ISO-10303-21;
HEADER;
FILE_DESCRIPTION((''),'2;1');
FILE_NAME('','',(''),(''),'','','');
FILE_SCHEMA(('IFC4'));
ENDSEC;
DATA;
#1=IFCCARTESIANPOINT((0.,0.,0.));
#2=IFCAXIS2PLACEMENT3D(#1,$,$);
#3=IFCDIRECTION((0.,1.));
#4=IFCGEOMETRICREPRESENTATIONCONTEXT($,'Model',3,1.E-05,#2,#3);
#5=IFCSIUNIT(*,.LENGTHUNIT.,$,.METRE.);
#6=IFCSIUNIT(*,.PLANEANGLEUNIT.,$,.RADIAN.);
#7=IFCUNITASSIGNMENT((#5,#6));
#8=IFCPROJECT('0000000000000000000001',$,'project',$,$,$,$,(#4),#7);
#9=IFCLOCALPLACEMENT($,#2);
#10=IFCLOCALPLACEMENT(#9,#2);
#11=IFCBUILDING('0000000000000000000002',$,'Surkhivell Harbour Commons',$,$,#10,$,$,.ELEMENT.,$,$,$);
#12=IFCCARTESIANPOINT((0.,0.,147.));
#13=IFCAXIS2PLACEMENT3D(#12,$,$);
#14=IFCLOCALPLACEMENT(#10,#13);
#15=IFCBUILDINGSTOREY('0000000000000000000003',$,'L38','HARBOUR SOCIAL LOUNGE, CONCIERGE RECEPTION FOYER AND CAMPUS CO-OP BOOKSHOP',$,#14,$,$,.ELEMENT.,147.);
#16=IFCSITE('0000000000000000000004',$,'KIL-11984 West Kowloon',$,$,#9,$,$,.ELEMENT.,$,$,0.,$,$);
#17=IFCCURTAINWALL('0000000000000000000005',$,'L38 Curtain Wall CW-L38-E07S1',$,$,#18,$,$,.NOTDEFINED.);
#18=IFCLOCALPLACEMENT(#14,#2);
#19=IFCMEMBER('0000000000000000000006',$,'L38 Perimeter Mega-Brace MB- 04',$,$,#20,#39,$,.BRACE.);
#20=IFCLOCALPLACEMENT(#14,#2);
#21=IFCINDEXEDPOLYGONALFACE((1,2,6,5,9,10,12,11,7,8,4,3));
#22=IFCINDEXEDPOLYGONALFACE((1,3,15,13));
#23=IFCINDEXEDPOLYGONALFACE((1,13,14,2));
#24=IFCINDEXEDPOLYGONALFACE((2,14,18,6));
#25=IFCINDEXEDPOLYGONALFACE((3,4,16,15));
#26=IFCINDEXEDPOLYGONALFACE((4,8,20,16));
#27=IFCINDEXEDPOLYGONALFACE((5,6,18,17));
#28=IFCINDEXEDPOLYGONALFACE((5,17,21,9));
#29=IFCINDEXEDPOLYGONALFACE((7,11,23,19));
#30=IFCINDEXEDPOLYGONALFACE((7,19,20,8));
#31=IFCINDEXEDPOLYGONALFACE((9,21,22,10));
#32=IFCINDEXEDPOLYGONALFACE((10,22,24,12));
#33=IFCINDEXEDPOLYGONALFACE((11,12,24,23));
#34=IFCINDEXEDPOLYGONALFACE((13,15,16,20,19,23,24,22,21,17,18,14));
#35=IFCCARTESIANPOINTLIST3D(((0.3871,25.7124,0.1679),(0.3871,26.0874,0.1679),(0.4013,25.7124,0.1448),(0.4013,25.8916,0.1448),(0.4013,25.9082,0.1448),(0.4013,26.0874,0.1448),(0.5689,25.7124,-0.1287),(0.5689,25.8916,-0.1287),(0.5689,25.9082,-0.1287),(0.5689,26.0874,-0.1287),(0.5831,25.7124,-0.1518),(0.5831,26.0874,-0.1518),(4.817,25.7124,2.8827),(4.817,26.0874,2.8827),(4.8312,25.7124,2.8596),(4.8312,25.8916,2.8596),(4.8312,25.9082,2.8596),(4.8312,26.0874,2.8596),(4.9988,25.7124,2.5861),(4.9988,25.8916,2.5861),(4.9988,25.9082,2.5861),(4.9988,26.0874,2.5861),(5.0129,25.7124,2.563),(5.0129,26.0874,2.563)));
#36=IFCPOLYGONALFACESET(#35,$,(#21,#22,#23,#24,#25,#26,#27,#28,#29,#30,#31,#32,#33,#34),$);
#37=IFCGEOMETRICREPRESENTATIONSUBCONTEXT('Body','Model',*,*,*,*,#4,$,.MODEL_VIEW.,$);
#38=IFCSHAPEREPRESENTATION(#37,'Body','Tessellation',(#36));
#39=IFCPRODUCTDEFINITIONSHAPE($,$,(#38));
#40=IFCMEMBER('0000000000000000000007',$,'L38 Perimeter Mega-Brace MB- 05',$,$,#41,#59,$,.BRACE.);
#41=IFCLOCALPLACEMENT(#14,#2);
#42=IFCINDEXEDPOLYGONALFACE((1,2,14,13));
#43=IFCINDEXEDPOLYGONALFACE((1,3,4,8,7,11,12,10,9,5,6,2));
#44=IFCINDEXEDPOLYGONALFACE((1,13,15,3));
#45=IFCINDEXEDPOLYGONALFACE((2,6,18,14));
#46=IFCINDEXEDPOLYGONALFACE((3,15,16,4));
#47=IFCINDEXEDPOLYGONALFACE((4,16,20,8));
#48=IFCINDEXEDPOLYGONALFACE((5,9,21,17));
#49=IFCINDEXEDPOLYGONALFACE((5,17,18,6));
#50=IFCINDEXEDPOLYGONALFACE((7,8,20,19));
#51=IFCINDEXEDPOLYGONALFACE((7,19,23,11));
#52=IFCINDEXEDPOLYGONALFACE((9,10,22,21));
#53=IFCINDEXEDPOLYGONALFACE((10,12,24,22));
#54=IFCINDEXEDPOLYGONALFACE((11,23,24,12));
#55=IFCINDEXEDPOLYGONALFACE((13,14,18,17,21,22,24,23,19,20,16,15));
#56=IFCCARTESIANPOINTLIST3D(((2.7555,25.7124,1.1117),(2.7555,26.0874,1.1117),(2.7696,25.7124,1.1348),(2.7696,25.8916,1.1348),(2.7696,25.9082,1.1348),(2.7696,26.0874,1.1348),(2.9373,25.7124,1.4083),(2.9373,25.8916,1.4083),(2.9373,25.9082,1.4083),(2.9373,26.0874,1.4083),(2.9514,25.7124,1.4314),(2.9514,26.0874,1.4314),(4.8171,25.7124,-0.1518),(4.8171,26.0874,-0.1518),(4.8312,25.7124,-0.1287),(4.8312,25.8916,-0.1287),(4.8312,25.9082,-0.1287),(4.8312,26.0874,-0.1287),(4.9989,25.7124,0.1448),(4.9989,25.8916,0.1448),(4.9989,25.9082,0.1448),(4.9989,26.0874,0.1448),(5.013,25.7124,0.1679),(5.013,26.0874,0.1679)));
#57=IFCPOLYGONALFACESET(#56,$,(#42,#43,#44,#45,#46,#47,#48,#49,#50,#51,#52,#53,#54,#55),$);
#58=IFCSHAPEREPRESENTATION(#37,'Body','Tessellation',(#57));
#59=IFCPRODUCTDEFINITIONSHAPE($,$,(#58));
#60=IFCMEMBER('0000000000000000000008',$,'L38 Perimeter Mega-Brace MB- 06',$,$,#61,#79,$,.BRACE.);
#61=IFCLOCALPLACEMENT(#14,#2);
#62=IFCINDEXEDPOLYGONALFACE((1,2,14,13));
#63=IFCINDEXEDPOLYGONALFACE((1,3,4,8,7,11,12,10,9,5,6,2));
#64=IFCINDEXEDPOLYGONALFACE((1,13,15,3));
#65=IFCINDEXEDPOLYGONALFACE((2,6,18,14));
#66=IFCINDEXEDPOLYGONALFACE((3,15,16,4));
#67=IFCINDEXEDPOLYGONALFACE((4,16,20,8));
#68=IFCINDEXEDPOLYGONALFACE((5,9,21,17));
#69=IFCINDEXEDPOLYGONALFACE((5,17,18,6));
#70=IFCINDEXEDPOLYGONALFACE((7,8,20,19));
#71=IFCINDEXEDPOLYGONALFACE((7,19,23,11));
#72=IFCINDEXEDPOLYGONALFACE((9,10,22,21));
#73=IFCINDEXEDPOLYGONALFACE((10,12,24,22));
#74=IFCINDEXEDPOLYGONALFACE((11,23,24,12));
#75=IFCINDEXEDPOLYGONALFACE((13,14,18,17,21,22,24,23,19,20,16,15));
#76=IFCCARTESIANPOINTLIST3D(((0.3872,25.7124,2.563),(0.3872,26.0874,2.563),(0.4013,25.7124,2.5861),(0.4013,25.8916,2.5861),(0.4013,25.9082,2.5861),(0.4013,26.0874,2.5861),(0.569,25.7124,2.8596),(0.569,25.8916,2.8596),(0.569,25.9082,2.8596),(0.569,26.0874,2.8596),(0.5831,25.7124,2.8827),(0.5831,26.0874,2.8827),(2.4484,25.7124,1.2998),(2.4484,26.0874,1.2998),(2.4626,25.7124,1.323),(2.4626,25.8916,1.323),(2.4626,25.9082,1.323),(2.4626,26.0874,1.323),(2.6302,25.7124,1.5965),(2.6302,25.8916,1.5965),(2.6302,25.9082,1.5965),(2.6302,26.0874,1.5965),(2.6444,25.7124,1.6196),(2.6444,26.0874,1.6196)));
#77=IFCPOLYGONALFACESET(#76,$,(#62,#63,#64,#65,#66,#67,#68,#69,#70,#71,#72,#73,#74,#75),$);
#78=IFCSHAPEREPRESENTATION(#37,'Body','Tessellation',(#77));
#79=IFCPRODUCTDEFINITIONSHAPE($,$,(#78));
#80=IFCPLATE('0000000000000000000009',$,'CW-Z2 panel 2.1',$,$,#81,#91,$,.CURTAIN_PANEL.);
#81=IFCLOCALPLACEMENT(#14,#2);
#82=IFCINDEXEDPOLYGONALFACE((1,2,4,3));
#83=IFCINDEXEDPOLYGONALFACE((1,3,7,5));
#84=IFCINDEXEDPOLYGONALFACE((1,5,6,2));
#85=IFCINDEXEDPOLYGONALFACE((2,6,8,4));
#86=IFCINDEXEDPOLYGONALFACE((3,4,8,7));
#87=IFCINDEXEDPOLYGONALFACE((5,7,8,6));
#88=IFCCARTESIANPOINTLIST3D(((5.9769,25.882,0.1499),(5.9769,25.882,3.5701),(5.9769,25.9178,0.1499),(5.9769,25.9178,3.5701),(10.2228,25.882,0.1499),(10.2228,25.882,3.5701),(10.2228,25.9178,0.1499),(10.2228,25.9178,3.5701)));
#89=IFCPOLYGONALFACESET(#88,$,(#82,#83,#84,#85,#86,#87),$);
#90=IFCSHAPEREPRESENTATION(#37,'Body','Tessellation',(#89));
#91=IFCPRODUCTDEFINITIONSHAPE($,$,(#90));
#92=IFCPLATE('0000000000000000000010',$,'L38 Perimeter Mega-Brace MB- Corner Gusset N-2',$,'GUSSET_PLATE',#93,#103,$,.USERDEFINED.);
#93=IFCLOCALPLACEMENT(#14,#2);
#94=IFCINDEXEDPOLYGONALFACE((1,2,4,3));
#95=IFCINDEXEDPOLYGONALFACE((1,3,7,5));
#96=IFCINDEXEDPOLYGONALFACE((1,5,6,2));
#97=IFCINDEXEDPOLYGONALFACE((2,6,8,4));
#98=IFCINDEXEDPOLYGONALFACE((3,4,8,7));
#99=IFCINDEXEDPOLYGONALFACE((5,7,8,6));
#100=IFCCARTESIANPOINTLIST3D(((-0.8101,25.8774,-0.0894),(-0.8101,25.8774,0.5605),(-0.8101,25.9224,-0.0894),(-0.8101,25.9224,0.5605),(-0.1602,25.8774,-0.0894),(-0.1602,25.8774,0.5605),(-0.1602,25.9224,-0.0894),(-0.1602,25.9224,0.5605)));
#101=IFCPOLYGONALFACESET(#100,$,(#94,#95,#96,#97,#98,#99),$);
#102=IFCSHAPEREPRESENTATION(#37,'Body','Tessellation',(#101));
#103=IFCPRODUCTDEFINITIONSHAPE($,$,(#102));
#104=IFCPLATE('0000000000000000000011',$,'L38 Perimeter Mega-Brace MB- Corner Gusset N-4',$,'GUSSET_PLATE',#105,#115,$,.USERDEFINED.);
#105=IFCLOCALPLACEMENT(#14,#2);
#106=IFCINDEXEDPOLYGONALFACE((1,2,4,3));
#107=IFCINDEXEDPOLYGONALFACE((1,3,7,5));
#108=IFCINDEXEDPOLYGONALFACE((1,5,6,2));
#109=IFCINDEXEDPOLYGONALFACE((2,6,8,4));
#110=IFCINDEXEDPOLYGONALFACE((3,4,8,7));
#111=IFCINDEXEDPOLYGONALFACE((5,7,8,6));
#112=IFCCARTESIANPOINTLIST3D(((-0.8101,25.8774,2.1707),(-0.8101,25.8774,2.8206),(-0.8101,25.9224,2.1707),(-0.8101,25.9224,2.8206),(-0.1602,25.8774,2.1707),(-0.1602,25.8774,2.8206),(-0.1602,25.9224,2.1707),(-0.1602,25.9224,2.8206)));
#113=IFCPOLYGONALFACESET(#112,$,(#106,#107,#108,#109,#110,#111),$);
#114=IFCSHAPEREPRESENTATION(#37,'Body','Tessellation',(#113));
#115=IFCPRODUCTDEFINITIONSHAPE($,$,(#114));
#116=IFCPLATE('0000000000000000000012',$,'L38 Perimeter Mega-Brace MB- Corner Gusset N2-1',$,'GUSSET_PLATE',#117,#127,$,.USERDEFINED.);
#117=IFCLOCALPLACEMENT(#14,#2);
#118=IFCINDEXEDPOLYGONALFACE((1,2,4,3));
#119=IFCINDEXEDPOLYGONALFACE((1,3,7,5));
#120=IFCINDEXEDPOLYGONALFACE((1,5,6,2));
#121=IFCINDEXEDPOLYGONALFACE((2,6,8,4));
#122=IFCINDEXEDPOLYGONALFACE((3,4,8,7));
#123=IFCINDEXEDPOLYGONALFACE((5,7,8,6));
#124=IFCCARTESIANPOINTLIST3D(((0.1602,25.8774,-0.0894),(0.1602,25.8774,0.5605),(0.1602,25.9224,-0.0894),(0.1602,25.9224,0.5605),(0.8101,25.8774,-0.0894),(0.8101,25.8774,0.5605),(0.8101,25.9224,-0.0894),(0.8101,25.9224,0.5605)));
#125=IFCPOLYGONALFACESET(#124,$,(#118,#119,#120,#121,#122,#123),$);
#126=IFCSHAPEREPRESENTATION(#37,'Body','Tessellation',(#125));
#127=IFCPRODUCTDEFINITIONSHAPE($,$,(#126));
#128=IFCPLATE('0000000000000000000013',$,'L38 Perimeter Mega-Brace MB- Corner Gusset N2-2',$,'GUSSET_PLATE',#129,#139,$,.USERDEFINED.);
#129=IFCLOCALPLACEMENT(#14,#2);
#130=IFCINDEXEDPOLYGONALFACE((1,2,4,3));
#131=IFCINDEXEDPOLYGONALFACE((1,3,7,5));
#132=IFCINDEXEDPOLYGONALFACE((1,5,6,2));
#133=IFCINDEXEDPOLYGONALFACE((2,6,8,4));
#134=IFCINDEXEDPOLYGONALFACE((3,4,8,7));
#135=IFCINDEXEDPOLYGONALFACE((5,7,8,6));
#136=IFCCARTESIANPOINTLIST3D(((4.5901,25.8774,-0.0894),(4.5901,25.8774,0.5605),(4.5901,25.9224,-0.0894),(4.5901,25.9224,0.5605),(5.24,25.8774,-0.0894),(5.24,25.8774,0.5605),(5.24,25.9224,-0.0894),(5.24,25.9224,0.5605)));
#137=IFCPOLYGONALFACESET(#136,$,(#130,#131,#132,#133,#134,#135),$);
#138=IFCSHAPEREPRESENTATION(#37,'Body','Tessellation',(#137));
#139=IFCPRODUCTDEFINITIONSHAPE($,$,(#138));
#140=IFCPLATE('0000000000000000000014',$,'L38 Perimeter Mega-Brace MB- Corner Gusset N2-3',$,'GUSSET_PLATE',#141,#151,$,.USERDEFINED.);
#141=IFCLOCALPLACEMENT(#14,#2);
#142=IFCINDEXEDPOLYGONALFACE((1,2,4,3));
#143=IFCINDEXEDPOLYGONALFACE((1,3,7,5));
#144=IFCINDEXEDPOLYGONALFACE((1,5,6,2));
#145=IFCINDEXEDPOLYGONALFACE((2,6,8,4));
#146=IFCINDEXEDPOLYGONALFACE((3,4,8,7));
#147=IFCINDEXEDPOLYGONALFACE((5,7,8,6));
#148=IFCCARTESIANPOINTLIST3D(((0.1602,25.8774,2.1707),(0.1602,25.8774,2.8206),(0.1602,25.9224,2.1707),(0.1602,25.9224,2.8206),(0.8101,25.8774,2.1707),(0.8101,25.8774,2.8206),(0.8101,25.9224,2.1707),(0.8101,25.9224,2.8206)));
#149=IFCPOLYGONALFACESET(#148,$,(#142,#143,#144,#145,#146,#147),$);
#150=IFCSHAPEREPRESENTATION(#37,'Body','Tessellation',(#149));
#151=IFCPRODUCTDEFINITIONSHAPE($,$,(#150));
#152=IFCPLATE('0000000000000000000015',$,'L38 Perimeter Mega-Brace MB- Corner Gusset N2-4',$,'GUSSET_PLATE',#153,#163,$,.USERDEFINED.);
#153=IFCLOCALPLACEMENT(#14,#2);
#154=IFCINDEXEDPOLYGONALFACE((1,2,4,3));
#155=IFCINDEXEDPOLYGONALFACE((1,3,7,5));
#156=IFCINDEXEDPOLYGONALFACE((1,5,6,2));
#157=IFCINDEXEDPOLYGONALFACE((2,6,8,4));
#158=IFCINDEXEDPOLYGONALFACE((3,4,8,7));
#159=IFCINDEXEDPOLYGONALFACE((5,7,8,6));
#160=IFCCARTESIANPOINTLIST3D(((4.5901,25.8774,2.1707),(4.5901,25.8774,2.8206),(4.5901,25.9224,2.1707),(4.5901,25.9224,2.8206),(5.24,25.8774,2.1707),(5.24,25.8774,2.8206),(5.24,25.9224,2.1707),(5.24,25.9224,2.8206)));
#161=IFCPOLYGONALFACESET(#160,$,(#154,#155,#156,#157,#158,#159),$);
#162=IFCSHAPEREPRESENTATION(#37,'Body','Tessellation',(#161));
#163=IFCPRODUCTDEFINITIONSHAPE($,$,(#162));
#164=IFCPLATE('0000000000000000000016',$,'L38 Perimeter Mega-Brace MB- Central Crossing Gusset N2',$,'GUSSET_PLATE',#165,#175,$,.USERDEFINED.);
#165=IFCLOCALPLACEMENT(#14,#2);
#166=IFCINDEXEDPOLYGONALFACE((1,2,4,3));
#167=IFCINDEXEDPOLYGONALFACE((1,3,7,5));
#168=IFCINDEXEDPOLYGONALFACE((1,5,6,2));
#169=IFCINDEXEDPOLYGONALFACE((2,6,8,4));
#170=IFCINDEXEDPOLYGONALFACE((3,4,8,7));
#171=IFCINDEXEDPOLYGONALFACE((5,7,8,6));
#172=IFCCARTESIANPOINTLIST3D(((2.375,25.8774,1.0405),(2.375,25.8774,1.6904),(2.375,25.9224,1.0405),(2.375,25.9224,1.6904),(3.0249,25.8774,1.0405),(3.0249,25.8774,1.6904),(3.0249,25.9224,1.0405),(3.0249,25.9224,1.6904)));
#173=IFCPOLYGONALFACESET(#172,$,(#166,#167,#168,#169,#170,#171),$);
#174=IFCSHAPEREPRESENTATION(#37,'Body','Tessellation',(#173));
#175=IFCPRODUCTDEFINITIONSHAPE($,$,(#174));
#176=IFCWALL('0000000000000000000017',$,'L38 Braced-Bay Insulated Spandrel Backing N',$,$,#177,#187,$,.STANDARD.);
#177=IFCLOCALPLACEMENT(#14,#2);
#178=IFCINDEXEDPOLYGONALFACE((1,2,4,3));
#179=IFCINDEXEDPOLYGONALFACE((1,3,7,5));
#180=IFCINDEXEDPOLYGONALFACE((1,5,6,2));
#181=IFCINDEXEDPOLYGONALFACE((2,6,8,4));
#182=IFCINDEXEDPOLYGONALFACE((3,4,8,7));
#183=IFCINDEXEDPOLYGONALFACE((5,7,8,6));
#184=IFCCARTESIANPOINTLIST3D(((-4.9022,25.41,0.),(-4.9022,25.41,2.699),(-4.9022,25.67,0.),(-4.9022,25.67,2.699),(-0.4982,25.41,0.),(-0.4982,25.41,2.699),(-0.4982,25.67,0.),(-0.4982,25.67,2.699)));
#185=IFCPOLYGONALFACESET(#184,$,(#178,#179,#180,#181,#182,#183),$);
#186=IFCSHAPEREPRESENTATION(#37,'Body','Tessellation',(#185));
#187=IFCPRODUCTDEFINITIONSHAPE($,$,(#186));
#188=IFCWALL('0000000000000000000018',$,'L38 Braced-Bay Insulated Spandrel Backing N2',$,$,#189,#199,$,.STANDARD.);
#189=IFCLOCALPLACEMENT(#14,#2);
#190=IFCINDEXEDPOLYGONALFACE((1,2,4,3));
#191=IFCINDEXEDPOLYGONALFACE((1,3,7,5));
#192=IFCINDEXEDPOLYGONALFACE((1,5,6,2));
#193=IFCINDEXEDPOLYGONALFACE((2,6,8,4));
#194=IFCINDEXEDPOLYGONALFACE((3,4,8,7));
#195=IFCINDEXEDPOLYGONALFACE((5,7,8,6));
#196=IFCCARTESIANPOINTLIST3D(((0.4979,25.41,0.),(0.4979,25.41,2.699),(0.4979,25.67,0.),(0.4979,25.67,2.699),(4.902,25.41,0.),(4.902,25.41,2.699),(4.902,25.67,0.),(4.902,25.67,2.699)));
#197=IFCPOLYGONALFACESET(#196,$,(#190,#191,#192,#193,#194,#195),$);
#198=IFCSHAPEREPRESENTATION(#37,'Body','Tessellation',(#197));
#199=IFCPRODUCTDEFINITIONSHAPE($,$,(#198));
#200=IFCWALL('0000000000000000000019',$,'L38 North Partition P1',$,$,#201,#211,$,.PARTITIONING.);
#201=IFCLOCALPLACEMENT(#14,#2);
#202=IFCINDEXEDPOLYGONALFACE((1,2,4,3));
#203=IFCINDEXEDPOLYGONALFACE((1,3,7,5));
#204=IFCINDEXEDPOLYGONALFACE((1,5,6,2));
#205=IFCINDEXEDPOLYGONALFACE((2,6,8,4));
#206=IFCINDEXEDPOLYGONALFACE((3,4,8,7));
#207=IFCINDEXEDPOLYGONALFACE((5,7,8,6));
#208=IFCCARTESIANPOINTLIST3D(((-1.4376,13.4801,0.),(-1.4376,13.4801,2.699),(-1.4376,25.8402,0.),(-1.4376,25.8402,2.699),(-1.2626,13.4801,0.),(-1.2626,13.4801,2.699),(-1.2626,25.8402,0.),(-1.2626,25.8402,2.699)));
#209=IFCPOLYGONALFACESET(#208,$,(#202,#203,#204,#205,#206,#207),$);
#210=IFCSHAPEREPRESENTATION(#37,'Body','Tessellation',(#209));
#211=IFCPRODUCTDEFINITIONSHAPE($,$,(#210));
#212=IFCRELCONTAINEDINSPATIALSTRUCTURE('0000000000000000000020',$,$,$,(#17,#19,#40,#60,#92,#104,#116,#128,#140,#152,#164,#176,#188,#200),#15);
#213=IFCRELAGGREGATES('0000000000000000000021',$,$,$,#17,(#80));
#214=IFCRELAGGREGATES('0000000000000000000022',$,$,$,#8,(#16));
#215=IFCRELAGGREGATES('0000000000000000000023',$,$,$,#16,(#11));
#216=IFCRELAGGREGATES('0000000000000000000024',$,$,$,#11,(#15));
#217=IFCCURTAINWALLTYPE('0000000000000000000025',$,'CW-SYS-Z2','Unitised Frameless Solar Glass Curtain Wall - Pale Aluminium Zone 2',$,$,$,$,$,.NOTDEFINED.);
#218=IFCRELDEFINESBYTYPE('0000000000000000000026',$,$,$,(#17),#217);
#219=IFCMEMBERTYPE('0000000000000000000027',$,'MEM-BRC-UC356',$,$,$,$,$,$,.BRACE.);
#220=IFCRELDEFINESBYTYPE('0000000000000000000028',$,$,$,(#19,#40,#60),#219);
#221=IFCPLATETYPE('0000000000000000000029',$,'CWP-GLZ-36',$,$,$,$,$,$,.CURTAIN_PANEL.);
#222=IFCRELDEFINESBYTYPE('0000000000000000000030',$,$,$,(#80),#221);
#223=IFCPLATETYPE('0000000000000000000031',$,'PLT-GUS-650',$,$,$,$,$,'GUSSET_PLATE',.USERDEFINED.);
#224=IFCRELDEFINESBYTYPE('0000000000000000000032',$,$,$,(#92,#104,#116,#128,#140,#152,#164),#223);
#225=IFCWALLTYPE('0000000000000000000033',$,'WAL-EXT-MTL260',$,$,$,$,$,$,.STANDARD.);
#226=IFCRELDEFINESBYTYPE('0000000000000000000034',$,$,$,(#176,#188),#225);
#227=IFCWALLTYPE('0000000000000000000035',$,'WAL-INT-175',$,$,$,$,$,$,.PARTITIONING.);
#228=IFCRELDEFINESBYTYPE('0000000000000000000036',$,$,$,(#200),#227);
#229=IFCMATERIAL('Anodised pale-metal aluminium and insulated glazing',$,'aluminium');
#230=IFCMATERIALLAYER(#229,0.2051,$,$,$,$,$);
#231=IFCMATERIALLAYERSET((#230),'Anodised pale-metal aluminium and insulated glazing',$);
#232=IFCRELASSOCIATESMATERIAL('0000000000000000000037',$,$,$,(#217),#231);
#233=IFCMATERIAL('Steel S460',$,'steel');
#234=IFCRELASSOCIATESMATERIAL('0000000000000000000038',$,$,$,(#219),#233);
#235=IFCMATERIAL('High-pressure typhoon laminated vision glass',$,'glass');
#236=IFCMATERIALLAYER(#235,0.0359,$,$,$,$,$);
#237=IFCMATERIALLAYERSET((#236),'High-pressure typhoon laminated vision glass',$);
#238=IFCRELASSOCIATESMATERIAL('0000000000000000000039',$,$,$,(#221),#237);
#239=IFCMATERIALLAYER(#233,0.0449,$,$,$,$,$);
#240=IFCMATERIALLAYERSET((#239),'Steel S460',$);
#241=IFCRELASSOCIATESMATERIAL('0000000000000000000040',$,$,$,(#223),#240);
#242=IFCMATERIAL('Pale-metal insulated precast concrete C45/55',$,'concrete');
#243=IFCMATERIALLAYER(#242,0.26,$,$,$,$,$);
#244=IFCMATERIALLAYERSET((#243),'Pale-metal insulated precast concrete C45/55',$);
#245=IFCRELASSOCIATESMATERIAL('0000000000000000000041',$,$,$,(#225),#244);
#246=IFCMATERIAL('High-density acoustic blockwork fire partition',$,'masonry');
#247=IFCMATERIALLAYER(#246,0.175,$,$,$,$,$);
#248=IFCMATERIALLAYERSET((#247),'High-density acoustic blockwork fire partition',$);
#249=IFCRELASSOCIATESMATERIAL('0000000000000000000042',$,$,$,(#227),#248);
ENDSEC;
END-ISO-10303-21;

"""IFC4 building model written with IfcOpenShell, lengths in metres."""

from ifc_helpers import new_model, si_unit, direction, frame, frame_2d, origin, origin_2d, place, context, subcontext, project, spatial, rectangle, i_section, extrude, material, layer, layer_set, material_profile, profile_set, type_object, element, aggregate, save


model = new_model("IFC4")

# Units and contexts
model_context = context("Model", 3, precision=1e-05, world=origin(), true_north=direction((0.0, 1.0)))
body_context = subcontext(model_context, "Body", "Model", "MODEL_VIEW")
ifc_project = project(units=[si_unit("LENGTHUNIT", "METRE"), si_unit("PLANEANGLEUNIT", "RADIAN")], contexts=[model_context])

# Site, building, storey
site_placement = place(None, origin())
site = spatial("IfcSite", under=ifc_project, at=site_placement, Name="KIL-11984 West Kowloon", CompositionType="ELEMENT", RefElevation=0.0)
building_placement = place(site_placement, origin())
building = spatial("IfcBuilding", under=site, at=building_placement, Name="Surkhivell Harbour Commons", CompositionType="ELEMENT")
storey_placement = place(building_placement, frame((0.0, 0.0, 147.0)))
storey = spatial("IfcBuildingStorey", under=building, at=storey_placement, Name="L38", Description="HARBOUR SOCIAL LOUNGE, CONCIERGE RECEPTION FOYER AND CAMPUS CO-OP BOOKSHOP", CompositionType="ELEMENT", Elevation=147.0)

# Shared definitions
ifc_material_1 = material(Name="Steel S460", Category="steel")

# Curtain wall
ifc_material_2 = material(Name="Anodised pale-metal aluminium and insulated glazing", Category="aluminium")
ifc_layer_1 = layer(ifc_material_2, 0.2051)
ifc_layer_set_1 = layer_set([ifc_layer_1], Name="Anodised pale-metal aluminium and insulated glazing")
curtain_wall_type = type_object("IfcCurtainWallType", Name="CW-SYS-Z2", Description="Unitised Frameless Solar Glass Curtain Wall - Pale Aluminium Zone 2", PredefinedType="NOTDEFINED", material=ifc_layer_set_1)
curtain_wall_placement = place(storey_placement, origin())
curtain_wall = element("IfcCurtainWall", 1, at=curtain_wall_placement, inside=storey, type_object=curtain_wall_type, Name="L38 Curtain Wall CW-L38-E07S1", PredefinedType="NOTDEFINED")

# Members
ifc_material_profile_1 = material_profile(ifc_material_1, i_section(OverallWidth=0.375, OverallDepth=0.375, WebThickness=0.0166, FlangeThickness=0.0271, at=origin_2d()), Name="UC356x368x202")
ifc_profile_set_1 = profile_set([ifc_material_profile_1], Name="Steel S460")
member_type_1 = type_object("IfcMemberType", Name="MEM-BRC-UC356", PredefinedType="BRACE", material=ifc_profile_set_1)
member_1_placement = place(storey_placement, frame((0.4851, 25.8999, 0.0081), z_axis=(0.852625, 0.0, 0.522523), x_axis=(0.0, 1.0, 0.0)))
element("IfcMember", 2, at=member_1_placement, inside=storey, type_object=member_type_1, Name="L38 Perimeter Mega-Brace MB- 04", PredefinedType="BRACE", context=body_context, shape_type="SweptSolid", body=[
    extrude(i_section(OverallWidth=0.375, OverallDepth=0.375, WebThickness=0.0166, FlangeThickness=0.0271, at=origin_2d()), origin(), (0.0, 0.0, 1.0), 5.1956),
])
member_2_placement = place(storey_placement, frame((4.915, 25.8999, 0.0081), z_axis=(-0.852617, 0.0, 0.522536), x_axis=(0.0, -1.0, 0.0)))
element("IfcMember", 3, at=member_2_placement, inside=storey, type_object=member_type_1, Name="L38 Perimeter Mega-Brace MB- 05", PredefinedType="BRACE", context=body_context, shape_type="SweptSolid", body=[
    extrude(i_section(OverallWidth=0.375, OverallDepth=0.375, WebThickness=0.0166, FlangeThickness=0.0271, at=origin_2d()), origin(), (0.0, 0.0, 1.0), 2.418),
])
member_3_placement = place(storey_placement, frame((2.5464, 25.8999, 1.4597), z_axis=(-0.852635, 0.0, 0.522508), x_axis=(0.0, -1.0, 0.0)))
element("IfcMember", 4, at=member_3_placement, inside=storey, type_object=member_type_1, Name="L38 Perimeter Mega-Brace MB- 06", PredefinedType="BRACE", context=body_context, shape_type="SweptSolid", body=[
    extrude(i_section(OverallWidth=0.375, OverallDepth=0.375, WebThickness=0.0166, FlangeThickness=0.0271, at=origin_2d()), origin(), (0.0, 0.0, 1.0), 2.4175),
])

# Plate
ifc_material_3 = material(Name="High-pressure typhoon laminated vision glass", Category="glass")
ifc_layer_2 = layer(ifc_material_3, 0.0359)
ifc_layer_set_2 = layer_set([ifc_layer_2], Name="High-pressure typhoon laminated vision glass")
plate_type_1 = type_object("IfcPlateType", Name="CWP-GLZ-36", PredefinedType="CURTAIN_PANEL", material=ifc_layer_set_2)
plate_placement = place(storey_placement, frame((10.2229, 25.8999, 0.1499), z_axis=(0.0, 0.0, 1.0), x_axis=(-1.0, 0.0, 0.0)))
plate = element("IfcPlate", 5, at=plate_placement, type_object=plate_type_1, Name="CW-Z2 panel 2.1", PredefinedType="CURTAIN_PANEL", context=body_context, shape_type="SweptSolid", body=[
    extrude(rectangle(XDim=4.2458, YDim=0.0359, at=frame_2d((2.123, 0.0))), origin(), (0.0, 0.0, 1.0), 3.4202),
])
aggregate(curtain_wall, [plate])

# Plates
ifc_layer_3 = layer(ifc_material_1, 0.0449)
ifc_layer_set_3 = layer_set([ifc_layer_3], Name="Steel S460")
plate_type_2 = type_object("IfcPlateType", Name="PLT-GUS-650", ElementType="GUSSET_PLATE", PredefinedType="USERDEFINED", material=ifc_layer_set_3)
for number, where, z_axis, x_axis, name in (
    (6, (-0.4851, 25.8999, -0.0894), (0.0, 0.0, 1.0), (1.0, 0.0, 0.0), "L38 Perimeter Mega-Brace MB- Corner Gusset N-2"),
    (7, (-0.4851, 25.8999, 2.1707), (0.0, 0.0, 1.0), (1.0, 0.0, 0.0), "L38 Perimeter Mega-Brace MB- Corner Gusset N-4"),
    (8, (0.4851, 25.8999, -0.0894), (0.0, 0.0, 1.0), (1.0, 0.0, 0.0), "L38 Perimeter Mega-Brace MB- Corner Gusset N2-1"),
    (9, (4.915, 25.8999, -0.0894), (0.0, 0.0, 1.0), (1.0, 0.0, 0.0), "L38 Perimeter Mega-Brace MB- Corner Gusset N2-2"),
    (10, (0.4851, 25.8999, 2.1707), (0.0, 0.0, 1.0), (1.0, 0.0, 0.0), "L38 Perimeter Mega-Brace MB- Corner Gusset N2-3"),
    (11, (4.915, 25.8999, 2.1707), (0.0, 0.0, 1.0), (1.0, 0.0, 0.0), "L38 Perimeter Mega-Brace MB- Corner Gusset N2-4"),
    (12, (2.7, 25.8999, 1.0405), (0.0, 0.0, 1.0), (1.0, 0.0, 0.0), "L38 Perimeter Mega-Brace MB- Central Crossing Gusset N2"),
):
    element("IfcPlate", number, at=place(storey_placement, frame(where, z_axis=z_axis, x_axis=x_axis)), inside=storey, type_object=plate_type_2, Name=name, ObjectType="GUSSET_PLATE", PredefinedType="USERDEFINED", context=body_context, shape_type="SweptSolid", body=[
        extrude(rectangle(XDim=0.6499, YDim=0.0449, at=origin_2d()), origin(), (0.0, 0.0, 1.0), 0.6499),
    ])

# Walls
ifc_material_4 = material(Name="Pale-metal insulated precast concrete C45/55", Category="concrete")
ifc_layer_4 = layer(ifc_material_4, 0.26)
ifc_layer_set_4 = layer_set([ifc_layer_4], Name="Pale-metal insulated precast concrete C45/55")
wall_type_1 = type_object("IfcWallType", Name="WAL-EXT-MTL260", PredefinedType="STANDARD", material=ifc_layer_set_4)
for number, where, z_axis, x_axis, name in (
    (13, (-0.498, 25.54, 0.0), (0.0, 0.0, 1.0), (-1.0, 0.0, 0.0), "L38 Braced-Bay Insulated Spandrel Backing N"),
    (14, (4.9021, 25.54, 0.0), (0.0, 0.0, 1.0), (-1.0, 0.0, 0.0), "L38 Braced-Bay Insulated Spandrel Backing N2"),
):
    element("IfcWall", number, at=place(storey_placement, frame(where, z_axis=z_axis, x_axis=x_axis)), inside=storey, type_object=wall_type_1, Name=name, PredefinedType="STANDARD", context=body_context, shape_type="SweptSolid", body=[
        extrude(rectangle(XDim=4.4041, YDim=0.26, at=frame_2d((2.2021, 0.0))), origin(), (0.0, 0.0, 1.0), 2.699),
    ])
ifc_material_5 = material(Name="High-density acoustic blockwork fire partition", Category="masonry")
ifc_layer_5 = layer(ifc_material_5, 0.175)
ifc_layer_set_5 = layer_set([ifc_layer_5], Name="High-density acoustic blockwork fire partition")
wall_type_2 = type_object("IfcWallType", Name="WAL-INT-175", PredefinedType="PARTITIONING", material=ifc_layer_set_5)
for number, where, z_axis, x_axis, name in (
    (15, (-1.3501, 13.48, 0.0), (0.0, 0.0, 1.0), (0.0, 1.0, 0.0), "L38 North Partition P1"),
):
    element("IfcWall", number, at=place(storey_placement, frame(where, z_axis=z_axis, x_axis=x_axis)), inside=storey, type_object=wall_type_2, Name=name, PredefinedType="PARTITIONING", context=body_context, shape_type="SweptSolid", body=[
        extrude(rectangle(XDim=12.3601, YDim=0.175, at=frame_2d((6.1802, 0.0))), origin(), (0.0, 0.0, 1.0), 2.699),
    ])

save(model, "model.ifc")
